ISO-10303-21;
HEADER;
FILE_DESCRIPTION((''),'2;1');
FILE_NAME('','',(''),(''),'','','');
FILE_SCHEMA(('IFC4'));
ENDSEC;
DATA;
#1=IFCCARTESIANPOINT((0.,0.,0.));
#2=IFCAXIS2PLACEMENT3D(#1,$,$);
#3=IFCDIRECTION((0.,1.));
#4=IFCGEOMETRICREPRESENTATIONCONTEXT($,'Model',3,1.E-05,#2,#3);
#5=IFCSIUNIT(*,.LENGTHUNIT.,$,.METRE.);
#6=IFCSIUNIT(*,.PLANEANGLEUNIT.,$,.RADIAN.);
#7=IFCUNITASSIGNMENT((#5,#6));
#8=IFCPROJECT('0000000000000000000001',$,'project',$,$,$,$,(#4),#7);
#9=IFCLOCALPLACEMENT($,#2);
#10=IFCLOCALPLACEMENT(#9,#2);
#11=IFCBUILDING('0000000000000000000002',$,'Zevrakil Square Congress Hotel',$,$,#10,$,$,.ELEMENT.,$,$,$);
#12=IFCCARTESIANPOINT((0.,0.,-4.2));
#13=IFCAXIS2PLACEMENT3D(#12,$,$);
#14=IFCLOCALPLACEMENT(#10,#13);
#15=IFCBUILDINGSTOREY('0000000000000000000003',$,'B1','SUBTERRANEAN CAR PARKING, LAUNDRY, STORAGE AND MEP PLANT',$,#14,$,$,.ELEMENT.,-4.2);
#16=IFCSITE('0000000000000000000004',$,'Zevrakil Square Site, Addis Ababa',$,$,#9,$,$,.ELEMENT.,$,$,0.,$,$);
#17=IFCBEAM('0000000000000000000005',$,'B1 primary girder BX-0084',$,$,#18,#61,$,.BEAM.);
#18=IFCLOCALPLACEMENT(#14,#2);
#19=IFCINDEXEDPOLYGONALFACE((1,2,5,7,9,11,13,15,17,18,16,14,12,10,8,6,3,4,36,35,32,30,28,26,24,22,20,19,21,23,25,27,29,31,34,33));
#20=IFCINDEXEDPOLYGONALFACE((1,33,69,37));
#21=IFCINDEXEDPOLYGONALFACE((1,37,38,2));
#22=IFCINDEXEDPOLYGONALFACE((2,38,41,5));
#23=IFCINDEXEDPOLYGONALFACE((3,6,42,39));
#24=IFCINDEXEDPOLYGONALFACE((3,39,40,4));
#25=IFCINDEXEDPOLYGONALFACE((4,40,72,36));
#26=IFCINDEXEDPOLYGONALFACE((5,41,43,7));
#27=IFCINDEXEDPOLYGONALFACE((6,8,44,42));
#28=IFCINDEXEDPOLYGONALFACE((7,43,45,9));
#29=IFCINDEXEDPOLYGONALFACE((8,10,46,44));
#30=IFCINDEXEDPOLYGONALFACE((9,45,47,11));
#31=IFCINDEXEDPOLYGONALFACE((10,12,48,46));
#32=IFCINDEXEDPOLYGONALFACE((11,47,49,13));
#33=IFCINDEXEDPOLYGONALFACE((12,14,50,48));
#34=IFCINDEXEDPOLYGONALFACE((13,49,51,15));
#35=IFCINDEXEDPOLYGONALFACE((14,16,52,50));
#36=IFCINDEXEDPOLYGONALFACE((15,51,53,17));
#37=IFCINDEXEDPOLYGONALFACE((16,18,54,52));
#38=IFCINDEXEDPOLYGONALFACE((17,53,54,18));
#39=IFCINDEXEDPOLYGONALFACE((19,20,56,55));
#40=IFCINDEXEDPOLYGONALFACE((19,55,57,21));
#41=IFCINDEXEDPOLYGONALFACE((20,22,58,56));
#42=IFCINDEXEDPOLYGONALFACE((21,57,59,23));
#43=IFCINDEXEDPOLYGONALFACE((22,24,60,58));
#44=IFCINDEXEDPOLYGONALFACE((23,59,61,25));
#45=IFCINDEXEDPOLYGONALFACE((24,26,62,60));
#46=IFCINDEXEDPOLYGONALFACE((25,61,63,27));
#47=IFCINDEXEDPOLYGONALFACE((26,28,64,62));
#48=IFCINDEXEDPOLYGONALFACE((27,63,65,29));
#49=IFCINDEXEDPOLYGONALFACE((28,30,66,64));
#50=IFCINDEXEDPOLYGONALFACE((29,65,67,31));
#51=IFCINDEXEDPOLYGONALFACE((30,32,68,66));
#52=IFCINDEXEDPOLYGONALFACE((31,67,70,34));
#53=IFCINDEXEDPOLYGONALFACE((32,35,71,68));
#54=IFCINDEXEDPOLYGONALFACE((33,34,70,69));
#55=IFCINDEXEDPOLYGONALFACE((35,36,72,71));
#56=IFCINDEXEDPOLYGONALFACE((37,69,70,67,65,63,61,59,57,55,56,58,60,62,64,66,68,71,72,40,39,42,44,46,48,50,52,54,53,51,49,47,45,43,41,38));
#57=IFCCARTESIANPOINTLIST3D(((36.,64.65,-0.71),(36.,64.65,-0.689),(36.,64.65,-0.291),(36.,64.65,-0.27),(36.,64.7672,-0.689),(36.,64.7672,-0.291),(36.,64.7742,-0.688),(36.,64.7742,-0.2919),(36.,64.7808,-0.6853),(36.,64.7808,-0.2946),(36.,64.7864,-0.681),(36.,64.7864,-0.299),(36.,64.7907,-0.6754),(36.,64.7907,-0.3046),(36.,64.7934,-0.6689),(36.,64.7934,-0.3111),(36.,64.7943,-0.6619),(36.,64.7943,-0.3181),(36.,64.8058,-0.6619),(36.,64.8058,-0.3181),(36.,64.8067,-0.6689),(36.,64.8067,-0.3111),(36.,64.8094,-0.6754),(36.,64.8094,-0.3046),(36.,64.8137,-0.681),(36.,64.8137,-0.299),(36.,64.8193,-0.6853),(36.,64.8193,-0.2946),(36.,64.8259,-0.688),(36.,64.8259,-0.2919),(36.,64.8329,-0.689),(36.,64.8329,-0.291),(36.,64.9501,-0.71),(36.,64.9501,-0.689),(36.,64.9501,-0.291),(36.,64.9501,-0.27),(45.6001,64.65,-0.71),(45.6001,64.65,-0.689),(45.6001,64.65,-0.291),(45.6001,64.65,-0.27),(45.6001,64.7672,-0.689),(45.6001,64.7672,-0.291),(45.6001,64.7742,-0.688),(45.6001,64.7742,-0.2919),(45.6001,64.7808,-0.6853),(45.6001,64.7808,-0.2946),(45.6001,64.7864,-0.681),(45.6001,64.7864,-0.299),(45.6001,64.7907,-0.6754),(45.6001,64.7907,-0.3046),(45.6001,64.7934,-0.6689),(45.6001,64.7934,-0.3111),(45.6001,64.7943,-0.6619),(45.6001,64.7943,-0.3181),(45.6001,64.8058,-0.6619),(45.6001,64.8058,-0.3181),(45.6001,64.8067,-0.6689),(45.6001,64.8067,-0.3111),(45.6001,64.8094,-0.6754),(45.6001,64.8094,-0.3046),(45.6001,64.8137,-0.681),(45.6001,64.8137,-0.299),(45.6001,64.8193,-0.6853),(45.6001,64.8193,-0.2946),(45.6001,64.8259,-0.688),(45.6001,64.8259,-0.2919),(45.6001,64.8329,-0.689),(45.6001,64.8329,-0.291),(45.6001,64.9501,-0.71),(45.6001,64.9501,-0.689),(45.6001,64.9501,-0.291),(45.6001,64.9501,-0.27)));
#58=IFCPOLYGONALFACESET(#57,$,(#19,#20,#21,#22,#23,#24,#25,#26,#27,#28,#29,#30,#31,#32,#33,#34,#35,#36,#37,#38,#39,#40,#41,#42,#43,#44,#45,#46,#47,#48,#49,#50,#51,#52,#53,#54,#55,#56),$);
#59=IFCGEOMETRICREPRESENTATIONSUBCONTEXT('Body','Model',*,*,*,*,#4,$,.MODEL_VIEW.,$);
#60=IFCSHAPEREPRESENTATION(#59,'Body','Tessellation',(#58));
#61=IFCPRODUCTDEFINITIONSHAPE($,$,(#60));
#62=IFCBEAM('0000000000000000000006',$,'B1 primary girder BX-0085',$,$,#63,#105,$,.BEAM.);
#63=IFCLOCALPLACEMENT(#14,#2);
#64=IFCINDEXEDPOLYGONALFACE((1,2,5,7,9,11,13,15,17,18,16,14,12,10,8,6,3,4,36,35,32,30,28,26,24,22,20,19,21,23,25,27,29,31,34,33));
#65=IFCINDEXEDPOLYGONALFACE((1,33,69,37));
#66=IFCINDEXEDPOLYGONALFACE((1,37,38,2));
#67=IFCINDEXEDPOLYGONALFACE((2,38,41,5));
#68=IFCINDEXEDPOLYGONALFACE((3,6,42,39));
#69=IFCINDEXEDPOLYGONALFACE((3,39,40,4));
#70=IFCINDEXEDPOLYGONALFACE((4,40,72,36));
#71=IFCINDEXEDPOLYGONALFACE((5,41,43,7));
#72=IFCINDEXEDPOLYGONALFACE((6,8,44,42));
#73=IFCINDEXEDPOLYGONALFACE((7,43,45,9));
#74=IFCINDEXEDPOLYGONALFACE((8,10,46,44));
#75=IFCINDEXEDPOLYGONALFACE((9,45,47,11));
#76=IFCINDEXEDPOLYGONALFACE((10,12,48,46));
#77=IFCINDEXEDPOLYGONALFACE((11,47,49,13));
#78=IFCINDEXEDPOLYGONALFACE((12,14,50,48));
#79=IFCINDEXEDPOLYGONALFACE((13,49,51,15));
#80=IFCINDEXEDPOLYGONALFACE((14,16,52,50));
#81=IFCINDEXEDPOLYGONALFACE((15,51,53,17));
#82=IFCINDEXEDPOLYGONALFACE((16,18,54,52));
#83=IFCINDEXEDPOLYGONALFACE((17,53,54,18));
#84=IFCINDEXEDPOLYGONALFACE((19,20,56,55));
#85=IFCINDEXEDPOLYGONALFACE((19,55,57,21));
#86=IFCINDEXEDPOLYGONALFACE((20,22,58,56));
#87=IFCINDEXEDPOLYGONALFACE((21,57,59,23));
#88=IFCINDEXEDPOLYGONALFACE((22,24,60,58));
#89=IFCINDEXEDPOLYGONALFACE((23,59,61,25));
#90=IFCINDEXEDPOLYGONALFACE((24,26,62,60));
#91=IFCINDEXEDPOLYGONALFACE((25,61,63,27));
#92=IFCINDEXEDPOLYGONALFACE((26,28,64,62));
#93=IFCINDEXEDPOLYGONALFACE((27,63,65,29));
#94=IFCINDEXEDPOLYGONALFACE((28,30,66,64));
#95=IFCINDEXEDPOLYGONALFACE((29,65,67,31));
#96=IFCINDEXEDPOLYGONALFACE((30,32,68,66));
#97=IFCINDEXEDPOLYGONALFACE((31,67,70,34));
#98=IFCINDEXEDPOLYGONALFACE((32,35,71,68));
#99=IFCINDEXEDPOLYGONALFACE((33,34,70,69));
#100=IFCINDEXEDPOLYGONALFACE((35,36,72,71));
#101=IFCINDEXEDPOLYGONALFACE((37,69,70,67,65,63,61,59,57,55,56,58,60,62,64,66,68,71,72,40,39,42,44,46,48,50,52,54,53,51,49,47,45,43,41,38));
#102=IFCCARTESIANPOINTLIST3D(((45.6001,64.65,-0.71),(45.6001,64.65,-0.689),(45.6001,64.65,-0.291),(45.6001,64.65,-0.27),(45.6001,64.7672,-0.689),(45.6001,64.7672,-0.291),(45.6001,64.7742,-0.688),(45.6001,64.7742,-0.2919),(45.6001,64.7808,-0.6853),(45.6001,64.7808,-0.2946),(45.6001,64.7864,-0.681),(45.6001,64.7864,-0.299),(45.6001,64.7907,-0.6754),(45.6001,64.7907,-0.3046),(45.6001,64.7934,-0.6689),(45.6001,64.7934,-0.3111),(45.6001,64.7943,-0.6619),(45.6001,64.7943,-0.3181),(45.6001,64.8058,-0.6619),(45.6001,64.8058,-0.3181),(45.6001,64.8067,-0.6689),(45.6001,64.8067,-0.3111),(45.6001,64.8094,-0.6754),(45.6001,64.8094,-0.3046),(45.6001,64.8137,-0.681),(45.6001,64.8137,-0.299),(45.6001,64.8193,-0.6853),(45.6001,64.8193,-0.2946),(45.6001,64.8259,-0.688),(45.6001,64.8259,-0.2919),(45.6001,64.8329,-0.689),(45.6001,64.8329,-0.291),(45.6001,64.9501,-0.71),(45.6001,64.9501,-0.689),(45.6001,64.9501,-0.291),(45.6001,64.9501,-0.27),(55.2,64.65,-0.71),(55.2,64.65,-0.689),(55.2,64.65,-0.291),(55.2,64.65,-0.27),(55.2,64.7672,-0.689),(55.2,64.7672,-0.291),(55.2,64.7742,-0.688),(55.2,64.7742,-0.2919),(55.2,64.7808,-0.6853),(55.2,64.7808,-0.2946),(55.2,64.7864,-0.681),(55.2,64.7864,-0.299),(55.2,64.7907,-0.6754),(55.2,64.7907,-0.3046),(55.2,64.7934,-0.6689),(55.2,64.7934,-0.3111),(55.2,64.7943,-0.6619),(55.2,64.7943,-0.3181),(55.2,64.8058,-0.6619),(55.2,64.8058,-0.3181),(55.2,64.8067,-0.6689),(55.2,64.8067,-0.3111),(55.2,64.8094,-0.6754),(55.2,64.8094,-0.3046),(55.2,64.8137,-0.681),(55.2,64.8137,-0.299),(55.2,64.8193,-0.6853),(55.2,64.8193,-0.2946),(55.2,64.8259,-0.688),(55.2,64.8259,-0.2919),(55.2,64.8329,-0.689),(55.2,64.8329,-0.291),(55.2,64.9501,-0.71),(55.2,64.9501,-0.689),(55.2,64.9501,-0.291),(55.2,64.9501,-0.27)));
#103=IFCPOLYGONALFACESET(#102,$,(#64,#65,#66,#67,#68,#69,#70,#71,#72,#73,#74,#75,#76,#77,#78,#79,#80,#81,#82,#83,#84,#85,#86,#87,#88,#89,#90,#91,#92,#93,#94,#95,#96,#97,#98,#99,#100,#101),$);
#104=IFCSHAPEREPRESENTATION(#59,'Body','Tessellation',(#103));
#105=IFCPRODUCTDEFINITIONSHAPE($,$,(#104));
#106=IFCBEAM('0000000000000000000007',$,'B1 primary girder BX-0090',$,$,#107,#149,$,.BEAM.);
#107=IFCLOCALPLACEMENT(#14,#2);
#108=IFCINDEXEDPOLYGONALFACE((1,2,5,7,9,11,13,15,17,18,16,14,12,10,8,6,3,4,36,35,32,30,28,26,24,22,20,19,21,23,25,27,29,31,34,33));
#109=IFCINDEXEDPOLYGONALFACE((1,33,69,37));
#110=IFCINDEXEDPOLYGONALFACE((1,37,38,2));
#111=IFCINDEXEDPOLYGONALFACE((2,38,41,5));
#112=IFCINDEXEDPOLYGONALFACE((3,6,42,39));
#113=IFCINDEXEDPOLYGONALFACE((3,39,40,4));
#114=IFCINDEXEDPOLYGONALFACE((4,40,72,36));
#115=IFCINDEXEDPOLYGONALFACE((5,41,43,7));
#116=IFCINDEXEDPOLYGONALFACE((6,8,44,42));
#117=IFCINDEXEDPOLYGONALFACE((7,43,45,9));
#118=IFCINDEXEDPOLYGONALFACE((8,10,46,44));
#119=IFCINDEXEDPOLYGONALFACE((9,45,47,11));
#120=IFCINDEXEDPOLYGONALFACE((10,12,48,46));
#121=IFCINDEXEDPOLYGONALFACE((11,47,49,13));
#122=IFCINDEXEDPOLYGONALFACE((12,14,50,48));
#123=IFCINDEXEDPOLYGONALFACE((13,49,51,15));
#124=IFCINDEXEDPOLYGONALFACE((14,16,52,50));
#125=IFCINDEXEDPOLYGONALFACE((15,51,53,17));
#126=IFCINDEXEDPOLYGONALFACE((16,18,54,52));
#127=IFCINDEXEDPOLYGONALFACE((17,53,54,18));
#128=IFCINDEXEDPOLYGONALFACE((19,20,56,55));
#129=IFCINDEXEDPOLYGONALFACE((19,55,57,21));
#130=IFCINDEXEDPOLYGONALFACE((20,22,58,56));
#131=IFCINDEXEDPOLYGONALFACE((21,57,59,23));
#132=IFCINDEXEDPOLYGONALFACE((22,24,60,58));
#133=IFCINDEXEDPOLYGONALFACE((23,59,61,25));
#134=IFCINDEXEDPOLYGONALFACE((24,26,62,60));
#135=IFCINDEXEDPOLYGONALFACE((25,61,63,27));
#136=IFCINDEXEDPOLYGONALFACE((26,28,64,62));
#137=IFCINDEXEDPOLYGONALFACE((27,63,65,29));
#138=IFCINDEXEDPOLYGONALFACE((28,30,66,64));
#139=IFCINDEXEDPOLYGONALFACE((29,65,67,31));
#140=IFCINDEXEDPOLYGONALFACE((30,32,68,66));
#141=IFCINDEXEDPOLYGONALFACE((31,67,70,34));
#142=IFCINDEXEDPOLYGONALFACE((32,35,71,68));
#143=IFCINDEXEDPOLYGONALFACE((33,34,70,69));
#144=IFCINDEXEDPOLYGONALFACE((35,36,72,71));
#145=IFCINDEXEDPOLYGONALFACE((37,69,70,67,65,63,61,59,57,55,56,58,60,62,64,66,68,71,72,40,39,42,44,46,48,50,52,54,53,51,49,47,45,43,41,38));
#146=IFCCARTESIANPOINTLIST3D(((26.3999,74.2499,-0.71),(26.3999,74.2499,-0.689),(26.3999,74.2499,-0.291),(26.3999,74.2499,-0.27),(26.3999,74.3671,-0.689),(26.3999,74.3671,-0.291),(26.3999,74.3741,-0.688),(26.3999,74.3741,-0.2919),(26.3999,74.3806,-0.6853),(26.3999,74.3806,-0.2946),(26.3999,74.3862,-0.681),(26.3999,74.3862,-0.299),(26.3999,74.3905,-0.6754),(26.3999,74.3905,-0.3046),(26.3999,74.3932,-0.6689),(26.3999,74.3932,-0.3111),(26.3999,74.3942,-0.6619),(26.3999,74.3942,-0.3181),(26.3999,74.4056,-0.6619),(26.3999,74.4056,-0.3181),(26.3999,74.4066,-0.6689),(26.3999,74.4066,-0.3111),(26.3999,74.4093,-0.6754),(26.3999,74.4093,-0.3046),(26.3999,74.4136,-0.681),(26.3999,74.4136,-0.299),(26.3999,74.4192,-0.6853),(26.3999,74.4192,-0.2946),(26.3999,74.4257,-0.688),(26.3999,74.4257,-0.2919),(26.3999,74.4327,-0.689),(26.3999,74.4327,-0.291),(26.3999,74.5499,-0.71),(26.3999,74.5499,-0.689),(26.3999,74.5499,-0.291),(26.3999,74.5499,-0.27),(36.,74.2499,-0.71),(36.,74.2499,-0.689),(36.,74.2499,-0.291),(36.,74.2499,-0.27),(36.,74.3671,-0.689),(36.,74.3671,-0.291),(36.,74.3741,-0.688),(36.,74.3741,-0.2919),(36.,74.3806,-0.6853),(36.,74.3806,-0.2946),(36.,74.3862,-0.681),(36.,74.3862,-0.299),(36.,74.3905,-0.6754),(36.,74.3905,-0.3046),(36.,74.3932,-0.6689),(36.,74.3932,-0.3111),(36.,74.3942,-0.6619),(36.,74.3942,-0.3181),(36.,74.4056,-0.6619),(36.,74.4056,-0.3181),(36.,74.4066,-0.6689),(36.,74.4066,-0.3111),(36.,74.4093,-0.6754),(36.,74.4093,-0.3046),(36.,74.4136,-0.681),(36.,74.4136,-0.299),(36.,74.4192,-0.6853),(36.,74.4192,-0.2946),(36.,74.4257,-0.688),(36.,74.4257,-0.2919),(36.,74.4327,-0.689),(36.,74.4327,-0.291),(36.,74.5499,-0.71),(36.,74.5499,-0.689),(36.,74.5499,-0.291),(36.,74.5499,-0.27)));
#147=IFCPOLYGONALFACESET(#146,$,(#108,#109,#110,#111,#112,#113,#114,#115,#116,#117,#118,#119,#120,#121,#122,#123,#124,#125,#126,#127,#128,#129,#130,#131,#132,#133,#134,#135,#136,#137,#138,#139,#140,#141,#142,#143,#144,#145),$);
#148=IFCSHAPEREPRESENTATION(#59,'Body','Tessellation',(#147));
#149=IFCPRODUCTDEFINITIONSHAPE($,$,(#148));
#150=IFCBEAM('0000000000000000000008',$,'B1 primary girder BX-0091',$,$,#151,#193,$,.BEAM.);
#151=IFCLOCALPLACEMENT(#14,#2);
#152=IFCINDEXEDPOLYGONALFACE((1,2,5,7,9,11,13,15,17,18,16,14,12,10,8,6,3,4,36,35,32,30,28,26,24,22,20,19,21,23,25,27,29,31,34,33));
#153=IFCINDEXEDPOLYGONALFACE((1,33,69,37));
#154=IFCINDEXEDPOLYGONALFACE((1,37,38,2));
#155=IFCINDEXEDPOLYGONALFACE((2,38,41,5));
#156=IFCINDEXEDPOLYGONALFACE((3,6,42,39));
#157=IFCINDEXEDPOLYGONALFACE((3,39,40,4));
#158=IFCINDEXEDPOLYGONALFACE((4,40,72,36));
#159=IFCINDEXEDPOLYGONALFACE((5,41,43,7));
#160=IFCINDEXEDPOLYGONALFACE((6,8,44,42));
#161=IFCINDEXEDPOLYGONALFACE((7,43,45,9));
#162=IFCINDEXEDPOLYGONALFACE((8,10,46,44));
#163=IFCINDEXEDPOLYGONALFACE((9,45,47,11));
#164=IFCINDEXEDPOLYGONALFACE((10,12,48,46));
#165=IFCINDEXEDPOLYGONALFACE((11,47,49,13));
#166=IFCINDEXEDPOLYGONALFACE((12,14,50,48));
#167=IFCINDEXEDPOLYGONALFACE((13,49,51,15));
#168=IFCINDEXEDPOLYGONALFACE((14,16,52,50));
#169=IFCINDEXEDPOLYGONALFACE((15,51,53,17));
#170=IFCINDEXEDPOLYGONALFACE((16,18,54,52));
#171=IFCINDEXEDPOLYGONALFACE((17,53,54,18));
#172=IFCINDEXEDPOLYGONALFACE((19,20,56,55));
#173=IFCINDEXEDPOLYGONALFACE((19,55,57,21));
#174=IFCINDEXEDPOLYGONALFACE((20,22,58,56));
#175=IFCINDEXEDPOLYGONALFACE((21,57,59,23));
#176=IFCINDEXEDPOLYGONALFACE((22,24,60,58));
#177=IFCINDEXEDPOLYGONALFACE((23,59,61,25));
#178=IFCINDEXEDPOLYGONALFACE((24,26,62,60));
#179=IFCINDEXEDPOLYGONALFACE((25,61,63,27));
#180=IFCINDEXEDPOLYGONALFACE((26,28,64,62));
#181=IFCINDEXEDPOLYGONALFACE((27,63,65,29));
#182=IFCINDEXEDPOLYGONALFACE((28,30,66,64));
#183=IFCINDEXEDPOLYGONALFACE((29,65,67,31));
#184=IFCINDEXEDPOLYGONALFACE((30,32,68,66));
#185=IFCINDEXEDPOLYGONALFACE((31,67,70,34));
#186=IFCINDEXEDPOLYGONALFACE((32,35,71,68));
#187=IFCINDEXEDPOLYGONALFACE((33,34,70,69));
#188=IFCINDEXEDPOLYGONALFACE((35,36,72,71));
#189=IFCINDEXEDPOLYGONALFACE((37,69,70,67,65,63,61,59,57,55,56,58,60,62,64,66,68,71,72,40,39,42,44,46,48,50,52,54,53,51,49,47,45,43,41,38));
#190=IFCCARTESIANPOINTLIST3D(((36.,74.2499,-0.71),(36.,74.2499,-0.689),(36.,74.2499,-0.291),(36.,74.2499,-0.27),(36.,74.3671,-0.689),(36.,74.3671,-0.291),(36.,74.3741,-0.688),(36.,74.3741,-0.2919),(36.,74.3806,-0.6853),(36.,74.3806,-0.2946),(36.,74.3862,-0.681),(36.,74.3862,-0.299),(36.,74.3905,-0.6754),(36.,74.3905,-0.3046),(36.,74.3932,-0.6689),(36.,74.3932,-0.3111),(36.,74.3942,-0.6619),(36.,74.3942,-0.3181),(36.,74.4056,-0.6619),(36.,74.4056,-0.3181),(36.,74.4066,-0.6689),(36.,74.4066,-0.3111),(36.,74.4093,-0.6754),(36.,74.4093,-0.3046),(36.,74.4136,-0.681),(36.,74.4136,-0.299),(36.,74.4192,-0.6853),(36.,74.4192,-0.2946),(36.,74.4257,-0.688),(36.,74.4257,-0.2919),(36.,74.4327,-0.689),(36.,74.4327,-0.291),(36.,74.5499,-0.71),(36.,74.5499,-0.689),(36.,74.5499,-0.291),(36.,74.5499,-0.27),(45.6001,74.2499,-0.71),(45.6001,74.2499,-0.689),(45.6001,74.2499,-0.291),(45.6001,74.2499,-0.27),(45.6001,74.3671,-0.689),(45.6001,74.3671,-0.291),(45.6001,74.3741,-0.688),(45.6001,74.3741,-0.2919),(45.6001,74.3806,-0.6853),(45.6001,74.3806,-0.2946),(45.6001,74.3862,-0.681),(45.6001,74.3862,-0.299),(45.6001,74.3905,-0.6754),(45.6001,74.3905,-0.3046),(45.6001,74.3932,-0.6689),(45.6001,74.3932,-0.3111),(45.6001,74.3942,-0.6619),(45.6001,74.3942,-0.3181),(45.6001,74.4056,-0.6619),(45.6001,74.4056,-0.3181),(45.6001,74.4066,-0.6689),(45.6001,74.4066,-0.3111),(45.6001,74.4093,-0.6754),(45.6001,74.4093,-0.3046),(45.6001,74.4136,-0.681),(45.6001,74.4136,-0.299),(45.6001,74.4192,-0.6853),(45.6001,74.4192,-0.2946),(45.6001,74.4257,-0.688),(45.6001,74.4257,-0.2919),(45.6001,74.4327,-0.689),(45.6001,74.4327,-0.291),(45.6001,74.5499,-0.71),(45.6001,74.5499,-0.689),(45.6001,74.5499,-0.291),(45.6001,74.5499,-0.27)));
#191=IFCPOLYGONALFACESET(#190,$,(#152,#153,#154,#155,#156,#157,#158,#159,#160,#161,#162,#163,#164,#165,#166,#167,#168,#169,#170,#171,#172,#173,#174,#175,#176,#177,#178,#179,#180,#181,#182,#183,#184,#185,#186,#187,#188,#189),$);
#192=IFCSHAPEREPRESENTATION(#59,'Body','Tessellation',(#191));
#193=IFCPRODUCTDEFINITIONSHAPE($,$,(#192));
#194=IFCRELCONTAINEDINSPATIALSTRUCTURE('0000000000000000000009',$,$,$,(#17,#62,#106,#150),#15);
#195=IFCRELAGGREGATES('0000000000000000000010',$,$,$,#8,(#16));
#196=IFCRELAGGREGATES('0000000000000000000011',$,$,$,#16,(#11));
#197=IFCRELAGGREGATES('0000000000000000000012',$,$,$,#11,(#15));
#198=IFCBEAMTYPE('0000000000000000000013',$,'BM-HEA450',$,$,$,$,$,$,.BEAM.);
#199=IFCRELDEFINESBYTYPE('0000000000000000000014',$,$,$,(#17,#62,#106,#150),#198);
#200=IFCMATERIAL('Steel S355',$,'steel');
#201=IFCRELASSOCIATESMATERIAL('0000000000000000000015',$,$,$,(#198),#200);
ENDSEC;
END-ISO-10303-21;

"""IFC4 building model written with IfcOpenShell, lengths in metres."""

from ifc_helpers import new_model, si_unit, direction, frame, origin, origin_2d, place, context, subcontext, project, spatial, i_section, extrude, material, material_profile, profile_set, type_object, element, save


model = new_model("IFC4")

# Units and contexts
model_context = context("Model", 3, precision=1e-05, world=origin(), true_north=direction((0.0, 1.0)))
body_context = subcontext(model_context, "Body", "Model", "MODEL_VIEW")
ifc_project = project(units=[si_unit("LENGTHUNIT", "METRE"), si_unit("PLANEANGLEUNIT", "RADIAN")], contexts=[model_context])

# Site, building, storey
site_placement = place(None, origin())
site = spatial("IfcSite", under=ifc_project, at=site_placement, Name="Zevrakil Square Site, Addis Ababa", CompositionType="ELEMENT", RefElevation=0.0)
building_placement = place(site_placement, origin())
building = spatial("IfcBuilding", under=site, at=building_placement, Name="Zevrakil Square Congress Hotel", CompositionType="ELEMENT")
storey_placement = place(building_placement, frame((0.0, 0.0, -4.2)))
storey = spatial("IfcBuildingStorey", under=building, at=storey_placement, Name="B1", Description="SUBTERRANEAN CAR PARKING, LAUNDRY, STORAGE AND MEP PLANT", CompositionType="ELEMENT", Elevation=-4.2)

# Beams
ifc_material_1 = material(Name="Steel S355", Category="steel")
ifc_material_profile_1 = material_profile(ifc_material_1, i_section(OverallWidth=0.3, OverallDepth=0.4399, WebThickness=0.0115, FlangeThickness=0.021, FilletRadius=0.0271, at=origin_2d()), Name="HEA 450")
ifc_profile_set_1 = profile_set([ifc_material_profile_1], Name="Steel S355")
beam_type_1 = type_object("IfcBeamType", Name="BM-HEA450", PredefinedType="BEAM", material=ifc_profile_set_1)
beam_1_placement = place(storey_placement, frame((36.0, 64.8, -0.49), z_axis=(1.0, 0.0, 0.0), x_axis=(0.0, 1.0, 0.0)))
element("IfcBeam", 1, at=beam_1_placement, inside=storey, type_object=beam_type_1, Name="B1 primary girder BX-0084", PredefinedType="BEAM", context=body_context, shape_type="SweptSolid", body=[
    extrude(i_section(OverallWidth=0.3, OverallDepth=0.4399, WebThickness=0.0115, FlangeThickness=0.021, FilletRadius=0.0271, at=origin_2d()), origin(), (0.0, 0.0, 1.0), 9.6001),
])
beam_2_placement = place(storey_placement, frame((45.6001, 64.8, -0.49), z_axis=(1.0, 0.0, 0.0), x_axis=(0.0, 1.0, 0.0)))
element("IfcBeam", 2, at=beam_2_placement, inside=storey, type_object=beam_type_1, Name="B1 primary girder BX-0085", PredefinedType="BEAM", context=body_context, shape_type="SweptSolid", body=[
    extrude(i_section(OverallWidth=0.3, OverallDepth=0.4399, WebThickness=0.0115, FlangeThickness=0.021, FilletRadius=0.0271, at=origin_2d()), origin(), (0.0, 0.0, 1.0), 9.5999),
])
for number, where, z_axis, x_axis, name in (
    (3, (26.3999, 74.3999, -0.49), (1.0, 0.0, 0.0), (0.0, 1.0, 0.0), "B1 primary girder BX-0090"),
    (4, (36.0, 74.3999, -0.49), (1.0, 0.0, 0.0), (0.0, 1.0, 0.0), "B1 primary girder BX-0091"),
):
    element("IfcBeam", number, at=place(storey_placement, frame(where, z_axis=z_axis, x_axis=x_axis)), inside=storey, type_object=beam_type_1, Name=name, PredefinedType="BEAM", context=body_context, shape_type="SweptSolid", body=[
        extrude(i_section(OverallWidth=0.3, OverallDepth=0.4399, WebThickness=0.0115, FlangeThickness=0.021, FilletRadius=0.0271, at=origin_2d()), origin(), (0.0, 0.0, 1.0), 9.6001),
    ])

save(model, "model.ifc")
